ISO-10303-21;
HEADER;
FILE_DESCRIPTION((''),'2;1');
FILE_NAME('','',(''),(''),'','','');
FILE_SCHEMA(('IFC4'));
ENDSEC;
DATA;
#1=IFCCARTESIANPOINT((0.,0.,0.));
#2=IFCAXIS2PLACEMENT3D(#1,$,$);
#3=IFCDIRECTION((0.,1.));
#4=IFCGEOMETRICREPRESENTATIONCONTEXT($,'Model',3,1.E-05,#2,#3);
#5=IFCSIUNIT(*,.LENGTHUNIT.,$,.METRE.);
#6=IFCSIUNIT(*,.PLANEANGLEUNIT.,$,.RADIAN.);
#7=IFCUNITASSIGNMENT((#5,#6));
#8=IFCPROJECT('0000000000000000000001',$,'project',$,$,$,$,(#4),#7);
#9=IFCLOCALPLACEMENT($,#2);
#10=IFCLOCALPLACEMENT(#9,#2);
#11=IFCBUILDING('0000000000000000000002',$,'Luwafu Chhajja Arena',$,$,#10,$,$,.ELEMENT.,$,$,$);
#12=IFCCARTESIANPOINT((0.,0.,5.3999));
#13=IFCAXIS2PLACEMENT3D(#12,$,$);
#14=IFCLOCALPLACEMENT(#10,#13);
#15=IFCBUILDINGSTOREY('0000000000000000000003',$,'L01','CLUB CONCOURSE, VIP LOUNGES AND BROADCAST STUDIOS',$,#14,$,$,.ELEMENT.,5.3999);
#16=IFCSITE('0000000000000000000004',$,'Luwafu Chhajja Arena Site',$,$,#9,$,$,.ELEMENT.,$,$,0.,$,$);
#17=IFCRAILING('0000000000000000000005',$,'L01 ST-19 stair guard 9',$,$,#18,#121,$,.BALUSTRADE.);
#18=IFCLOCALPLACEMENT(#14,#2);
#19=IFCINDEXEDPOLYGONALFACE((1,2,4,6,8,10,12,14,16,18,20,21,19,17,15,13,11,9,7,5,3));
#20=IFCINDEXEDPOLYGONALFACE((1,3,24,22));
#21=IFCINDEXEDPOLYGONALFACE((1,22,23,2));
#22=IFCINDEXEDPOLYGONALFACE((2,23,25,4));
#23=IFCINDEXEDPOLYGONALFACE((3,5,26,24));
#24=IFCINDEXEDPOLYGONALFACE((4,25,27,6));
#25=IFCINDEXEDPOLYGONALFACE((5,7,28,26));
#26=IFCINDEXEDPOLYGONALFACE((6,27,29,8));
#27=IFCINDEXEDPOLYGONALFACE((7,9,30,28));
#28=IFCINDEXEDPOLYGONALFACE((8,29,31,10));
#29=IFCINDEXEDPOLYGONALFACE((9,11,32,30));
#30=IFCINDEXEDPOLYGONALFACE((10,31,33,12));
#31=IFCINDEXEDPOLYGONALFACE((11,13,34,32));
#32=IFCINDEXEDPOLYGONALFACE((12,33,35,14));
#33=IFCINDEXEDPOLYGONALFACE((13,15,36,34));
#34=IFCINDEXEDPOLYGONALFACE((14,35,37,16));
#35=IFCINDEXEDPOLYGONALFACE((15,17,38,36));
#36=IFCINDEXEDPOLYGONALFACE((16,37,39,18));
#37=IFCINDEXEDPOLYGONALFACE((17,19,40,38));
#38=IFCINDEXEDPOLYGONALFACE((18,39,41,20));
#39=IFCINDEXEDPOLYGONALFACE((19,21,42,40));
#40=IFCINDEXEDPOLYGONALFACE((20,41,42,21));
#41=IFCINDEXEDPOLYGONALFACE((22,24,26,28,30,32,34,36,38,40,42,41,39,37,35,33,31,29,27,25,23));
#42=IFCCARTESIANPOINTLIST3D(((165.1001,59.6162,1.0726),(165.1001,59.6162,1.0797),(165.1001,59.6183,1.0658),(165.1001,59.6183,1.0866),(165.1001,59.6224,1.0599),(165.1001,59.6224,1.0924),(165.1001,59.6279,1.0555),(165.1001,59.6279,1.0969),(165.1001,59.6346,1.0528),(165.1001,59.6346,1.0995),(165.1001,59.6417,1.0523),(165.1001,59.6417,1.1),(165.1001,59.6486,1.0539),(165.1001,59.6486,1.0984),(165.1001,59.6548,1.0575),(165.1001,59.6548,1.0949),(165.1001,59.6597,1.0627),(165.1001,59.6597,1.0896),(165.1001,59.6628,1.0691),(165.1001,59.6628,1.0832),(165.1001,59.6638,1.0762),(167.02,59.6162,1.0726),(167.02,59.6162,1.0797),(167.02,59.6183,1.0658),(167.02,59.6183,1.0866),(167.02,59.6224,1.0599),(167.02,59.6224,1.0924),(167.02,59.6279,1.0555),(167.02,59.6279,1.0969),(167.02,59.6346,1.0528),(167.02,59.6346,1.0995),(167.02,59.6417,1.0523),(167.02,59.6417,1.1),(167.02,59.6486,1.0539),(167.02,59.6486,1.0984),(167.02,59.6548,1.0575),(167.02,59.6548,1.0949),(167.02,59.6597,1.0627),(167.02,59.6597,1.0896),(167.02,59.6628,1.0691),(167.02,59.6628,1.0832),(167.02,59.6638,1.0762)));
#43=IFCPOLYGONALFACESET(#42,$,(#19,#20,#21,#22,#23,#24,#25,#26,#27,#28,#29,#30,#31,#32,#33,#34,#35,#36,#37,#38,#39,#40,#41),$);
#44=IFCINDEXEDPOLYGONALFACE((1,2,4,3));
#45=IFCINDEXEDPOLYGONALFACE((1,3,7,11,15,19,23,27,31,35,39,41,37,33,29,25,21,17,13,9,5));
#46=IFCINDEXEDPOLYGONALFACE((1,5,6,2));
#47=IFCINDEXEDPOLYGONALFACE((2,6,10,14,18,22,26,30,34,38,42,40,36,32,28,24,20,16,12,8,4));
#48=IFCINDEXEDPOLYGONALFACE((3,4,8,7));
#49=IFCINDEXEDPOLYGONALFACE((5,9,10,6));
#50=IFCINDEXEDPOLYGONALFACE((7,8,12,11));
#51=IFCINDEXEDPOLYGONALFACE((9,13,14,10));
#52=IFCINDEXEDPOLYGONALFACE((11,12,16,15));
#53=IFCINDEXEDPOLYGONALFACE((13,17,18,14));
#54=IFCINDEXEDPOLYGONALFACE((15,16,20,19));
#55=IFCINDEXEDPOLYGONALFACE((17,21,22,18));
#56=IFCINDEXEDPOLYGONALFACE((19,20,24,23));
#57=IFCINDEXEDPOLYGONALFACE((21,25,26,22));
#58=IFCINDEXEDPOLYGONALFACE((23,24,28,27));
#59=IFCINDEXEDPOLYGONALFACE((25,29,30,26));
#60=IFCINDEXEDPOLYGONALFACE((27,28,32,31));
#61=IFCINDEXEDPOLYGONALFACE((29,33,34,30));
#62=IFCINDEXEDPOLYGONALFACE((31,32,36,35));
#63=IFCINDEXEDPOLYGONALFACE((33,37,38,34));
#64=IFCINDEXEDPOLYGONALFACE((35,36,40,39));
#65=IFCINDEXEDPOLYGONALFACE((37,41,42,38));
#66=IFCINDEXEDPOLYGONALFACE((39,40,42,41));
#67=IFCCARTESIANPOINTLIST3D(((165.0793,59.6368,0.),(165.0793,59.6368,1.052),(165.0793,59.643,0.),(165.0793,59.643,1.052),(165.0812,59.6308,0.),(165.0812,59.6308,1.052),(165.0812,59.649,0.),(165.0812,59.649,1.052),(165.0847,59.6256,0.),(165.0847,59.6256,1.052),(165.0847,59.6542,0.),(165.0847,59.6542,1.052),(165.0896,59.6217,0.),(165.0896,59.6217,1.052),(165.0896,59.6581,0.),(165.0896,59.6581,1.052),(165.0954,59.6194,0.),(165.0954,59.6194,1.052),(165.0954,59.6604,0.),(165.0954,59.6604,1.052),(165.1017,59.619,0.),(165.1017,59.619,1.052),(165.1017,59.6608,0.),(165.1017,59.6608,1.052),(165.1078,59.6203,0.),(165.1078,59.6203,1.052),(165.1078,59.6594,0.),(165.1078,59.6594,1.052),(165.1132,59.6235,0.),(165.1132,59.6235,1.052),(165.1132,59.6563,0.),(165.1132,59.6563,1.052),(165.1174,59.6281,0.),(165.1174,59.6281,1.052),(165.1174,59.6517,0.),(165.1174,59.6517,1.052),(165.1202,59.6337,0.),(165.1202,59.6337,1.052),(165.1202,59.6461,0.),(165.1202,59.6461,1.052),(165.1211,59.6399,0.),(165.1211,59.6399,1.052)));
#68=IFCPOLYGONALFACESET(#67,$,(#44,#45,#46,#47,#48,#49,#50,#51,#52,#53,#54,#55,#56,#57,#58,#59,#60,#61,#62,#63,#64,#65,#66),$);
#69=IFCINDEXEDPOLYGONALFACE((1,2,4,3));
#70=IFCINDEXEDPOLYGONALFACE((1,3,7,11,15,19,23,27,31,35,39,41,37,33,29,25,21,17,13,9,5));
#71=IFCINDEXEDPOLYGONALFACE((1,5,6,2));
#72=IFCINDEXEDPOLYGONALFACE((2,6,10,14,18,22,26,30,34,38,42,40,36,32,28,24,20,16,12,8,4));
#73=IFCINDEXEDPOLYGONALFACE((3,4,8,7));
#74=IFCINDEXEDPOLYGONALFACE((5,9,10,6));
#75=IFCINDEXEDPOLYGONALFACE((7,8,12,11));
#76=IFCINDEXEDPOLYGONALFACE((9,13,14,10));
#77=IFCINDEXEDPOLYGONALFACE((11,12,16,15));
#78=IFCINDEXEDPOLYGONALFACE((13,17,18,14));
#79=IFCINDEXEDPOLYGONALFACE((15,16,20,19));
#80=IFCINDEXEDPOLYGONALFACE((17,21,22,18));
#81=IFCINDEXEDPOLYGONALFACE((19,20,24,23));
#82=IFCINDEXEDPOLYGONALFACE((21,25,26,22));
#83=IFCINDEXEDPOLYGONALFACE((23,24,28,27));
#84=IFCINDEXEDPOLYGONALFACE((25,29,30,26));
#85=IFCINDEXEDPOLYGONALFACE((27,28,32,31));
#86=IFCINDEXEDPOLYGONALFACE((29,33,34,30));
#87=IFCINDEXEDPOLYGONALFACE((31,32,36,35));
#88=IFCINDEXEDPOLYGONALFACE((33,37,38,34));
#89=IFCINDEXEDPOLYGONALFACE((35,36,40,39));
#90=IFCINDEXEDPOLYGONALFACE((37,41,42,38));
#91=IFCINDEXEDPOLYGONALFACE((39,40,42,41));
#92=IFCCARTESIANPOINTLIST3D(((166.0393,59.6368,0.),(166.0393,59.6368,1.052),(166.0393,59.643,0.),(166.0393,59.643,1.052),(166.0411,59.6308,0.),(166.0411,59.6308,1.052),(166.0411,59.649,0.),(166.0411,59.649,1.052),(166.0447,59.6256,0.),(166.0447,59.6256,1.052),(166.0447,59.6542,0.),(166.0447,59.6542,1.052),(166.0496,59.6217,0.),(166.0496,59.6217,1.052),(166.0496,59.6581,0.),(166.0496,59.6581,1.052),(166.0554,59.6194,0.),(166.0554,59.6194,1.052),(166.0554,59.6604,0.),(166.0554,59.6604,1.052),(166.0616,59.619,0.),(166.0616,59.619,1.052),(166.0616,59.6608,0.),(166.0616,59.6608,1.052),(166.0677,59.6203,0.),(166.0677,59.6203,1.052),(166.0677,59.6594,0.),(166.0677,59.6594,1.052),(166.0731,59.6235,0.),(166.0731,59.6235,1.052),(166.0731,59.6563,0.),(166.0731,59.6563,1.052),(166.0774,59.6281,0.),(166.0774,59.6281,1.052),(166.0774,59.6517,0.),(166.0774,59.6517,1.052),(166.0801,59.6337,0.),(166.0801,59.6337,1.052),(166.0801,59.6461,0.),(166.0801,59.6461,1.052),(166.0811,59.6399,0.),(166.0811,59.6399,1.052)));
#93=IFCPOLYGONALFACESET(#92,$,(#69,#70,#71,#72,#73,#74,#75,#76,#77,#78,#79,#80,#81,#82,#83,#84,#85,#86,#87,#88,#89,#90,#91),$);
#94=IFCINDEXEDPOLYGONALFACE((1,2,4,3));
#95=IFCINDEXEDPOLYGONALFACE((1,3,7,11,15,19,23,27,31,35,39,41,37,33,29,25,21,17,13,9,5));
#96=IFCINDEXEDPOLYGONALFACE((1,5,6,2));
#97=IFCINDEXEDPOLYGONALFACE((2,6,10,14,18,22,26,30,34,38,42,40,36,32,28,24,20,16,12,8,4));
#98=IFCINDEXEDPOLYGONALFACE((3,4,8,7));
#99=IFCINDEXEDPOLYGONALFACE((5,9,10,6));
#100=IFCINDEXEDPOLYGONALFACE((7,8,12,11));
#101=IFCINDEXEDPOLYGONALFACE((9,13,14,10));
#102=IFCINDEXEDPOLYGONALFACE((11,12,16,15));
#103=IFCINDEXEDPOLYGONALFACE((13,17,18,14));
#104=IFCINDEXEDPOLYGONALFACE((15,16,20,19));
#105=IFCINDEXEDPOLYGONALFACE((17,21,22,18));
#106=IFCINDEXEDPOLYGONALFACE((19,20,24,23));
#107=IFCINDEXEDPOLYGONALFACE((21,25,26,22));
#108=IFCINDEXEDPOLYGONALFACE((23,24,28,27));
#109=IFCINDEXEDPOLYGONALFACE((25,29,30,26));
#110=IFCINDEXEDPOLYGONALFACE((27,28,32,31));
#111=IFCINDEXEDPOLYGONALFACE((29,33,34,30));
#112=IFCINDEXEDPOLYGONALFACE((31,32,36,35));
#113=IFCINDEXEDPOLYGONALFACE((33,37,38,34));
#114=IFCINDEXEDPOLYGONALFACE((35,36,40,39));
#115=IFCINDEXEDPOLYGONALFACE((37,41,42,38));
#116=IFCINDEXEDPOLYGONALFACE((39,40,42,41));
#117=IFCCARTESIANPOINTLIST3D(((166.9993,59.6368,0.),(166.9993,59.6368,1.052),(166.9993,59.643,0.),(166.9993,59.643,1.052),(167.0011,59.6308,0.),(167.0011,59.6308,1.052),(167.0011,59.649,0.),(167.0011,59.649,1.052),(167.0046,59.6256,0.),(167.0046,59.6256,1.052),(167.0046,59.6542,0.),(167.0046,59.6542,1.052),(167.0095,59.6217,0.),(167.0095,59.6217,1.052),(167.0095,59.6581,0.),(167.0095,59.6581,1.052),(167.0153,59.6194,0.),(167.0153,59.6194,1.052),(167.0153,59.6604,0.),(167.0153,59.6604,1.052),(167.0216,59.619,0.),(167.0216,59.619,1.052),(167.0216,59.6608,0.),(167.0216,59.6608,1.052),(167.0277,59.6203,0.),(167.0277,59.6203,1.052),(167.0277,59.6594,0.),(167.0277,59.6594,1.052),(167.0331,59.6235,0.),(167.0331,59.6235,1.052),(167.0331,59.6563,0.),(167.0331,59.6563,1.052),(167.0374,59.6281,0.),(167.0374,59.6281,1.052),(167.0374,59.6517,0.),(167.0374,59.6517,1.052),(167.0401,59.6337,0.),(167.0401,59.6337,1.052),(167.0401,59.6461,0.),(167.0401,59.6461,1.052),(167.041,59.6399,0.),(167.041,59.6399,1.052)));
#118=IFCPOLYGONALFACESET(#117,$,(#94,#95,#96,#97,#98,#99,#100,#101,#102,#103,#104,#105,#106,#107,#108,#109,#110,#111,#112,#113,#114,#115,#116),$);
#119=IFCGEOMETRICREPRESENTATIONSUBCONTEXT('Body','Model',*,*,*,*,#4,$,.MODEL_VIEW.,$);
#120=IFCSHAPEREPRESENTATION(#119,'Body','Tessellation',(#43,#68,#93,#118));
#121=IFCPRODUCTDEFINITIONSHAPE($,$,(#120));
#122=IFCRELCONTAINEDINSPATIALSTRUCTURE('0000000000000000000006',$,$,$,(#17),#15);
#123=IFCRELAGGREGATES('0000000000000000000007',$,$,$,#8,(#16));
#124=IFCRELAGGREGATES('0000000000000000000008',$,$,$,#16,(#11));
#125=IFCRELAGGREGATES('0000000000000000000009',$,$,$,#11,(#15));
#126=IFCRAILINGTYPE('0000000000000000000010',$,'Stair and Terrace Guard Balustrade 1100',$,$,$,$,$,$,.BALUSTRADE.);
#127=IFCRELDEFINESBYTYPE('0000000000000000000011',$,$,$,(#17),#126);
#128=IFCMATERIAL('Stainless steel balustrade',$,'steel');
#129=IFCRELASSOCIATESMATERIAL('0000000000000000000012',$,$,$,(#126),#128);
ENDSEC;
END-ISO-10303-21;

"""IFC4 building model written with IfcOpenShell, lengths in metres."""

from ifc_helpers import new_model, si_unit, direction, frame, origin, origin_2d, place, context, subcontext, project, spatial, circle, extrude, material, type_object, element, save


model = new_model("IFC4")

# Units and contexts
model_context = context("Model", 3, precision=1e-05, world=origin(), true_north=direction((0.0, 1.0)))
body_context = subcontext(model_context, "Body", "Model", "MODEL_VIEW")
ifc_project = project(units=[si_unit("LENGTHUNIT", "METRE"), si_unit("PLANEANGLEUNIT", "RADIAN")], contexts=[model_context])

# Site, building, storey
site_placement = place(None, origin())
site = spatial("IfcSite", under=ifc_project, at=site_placement, Name="Luwafu Chhajja Arena Site", CompositionType="ELEMENT", RefElevation=0.0)
building_placement = place(site_placement, origin())
building = spatial("IfcBuilding", under=site, at=building_placement, Name="Luwafu Chhajja Arena", CompositionType="ELEMENT")
storey_placement = place(building_placement, frame((0.0, 0.0, 5.3999)))
storey = spatial("IfcBuildingStorey", under=building, at=storey_placement, Name="L01", Description="CLUB CONCOURSE, VIP LOUNGES AND BROADCAST STUDIOS", CompositionType="ELEMENT", Elevation=5.3999)

# Railing
ifc_material_1 = material(Name="Stainless steel balustrade", Category="steel")
railing_type_1 = type_object("IfcRailingType", Name="Stair and Terrace Guard Balustrade 1100", PredefinedType="BALUSTRADE", material=ifc_material_1)
for number, where, name in (
    (1, (165.1001, 59.6399, 0.0), "L01 ST-19 stair guard 9"),
):
    element("IfcRailing", number, at=place(storey_placement, frame(where)), inside=storey, type_object=railing_type_1, Name=name, PredefinedType="BALUSTRADE", context=body_context, shape_type="SweptSolid", body=[
        extrude(circle(Radius=0.0239, at=origin_2d()), frame((0.0, 0.0, 1.0762), z_axis=(1.0, 0.0, 0.0), x_axis=(0.0, 1.0, 0.0)), (0.0, 0.0, 1.0), 1.9199),
        extrude(circle(Radius=0.021, at=origin_2d()), origin(), (0.0, 0.0, 1.0), 1.052),
        extrude(circle(Radius=0.021, at=origin_2d()), frame((0.96, 0.0, 0.0)), (0.0, 0.0, 1.0), 1.052),
        extrude(circle(Radius=0.021, at=origin_2d()), frame((1.9199, 0.0, 0.0)), (0.0, 0.0, 1.0), 1.052),
    ])

save(model, "model.ifc")
